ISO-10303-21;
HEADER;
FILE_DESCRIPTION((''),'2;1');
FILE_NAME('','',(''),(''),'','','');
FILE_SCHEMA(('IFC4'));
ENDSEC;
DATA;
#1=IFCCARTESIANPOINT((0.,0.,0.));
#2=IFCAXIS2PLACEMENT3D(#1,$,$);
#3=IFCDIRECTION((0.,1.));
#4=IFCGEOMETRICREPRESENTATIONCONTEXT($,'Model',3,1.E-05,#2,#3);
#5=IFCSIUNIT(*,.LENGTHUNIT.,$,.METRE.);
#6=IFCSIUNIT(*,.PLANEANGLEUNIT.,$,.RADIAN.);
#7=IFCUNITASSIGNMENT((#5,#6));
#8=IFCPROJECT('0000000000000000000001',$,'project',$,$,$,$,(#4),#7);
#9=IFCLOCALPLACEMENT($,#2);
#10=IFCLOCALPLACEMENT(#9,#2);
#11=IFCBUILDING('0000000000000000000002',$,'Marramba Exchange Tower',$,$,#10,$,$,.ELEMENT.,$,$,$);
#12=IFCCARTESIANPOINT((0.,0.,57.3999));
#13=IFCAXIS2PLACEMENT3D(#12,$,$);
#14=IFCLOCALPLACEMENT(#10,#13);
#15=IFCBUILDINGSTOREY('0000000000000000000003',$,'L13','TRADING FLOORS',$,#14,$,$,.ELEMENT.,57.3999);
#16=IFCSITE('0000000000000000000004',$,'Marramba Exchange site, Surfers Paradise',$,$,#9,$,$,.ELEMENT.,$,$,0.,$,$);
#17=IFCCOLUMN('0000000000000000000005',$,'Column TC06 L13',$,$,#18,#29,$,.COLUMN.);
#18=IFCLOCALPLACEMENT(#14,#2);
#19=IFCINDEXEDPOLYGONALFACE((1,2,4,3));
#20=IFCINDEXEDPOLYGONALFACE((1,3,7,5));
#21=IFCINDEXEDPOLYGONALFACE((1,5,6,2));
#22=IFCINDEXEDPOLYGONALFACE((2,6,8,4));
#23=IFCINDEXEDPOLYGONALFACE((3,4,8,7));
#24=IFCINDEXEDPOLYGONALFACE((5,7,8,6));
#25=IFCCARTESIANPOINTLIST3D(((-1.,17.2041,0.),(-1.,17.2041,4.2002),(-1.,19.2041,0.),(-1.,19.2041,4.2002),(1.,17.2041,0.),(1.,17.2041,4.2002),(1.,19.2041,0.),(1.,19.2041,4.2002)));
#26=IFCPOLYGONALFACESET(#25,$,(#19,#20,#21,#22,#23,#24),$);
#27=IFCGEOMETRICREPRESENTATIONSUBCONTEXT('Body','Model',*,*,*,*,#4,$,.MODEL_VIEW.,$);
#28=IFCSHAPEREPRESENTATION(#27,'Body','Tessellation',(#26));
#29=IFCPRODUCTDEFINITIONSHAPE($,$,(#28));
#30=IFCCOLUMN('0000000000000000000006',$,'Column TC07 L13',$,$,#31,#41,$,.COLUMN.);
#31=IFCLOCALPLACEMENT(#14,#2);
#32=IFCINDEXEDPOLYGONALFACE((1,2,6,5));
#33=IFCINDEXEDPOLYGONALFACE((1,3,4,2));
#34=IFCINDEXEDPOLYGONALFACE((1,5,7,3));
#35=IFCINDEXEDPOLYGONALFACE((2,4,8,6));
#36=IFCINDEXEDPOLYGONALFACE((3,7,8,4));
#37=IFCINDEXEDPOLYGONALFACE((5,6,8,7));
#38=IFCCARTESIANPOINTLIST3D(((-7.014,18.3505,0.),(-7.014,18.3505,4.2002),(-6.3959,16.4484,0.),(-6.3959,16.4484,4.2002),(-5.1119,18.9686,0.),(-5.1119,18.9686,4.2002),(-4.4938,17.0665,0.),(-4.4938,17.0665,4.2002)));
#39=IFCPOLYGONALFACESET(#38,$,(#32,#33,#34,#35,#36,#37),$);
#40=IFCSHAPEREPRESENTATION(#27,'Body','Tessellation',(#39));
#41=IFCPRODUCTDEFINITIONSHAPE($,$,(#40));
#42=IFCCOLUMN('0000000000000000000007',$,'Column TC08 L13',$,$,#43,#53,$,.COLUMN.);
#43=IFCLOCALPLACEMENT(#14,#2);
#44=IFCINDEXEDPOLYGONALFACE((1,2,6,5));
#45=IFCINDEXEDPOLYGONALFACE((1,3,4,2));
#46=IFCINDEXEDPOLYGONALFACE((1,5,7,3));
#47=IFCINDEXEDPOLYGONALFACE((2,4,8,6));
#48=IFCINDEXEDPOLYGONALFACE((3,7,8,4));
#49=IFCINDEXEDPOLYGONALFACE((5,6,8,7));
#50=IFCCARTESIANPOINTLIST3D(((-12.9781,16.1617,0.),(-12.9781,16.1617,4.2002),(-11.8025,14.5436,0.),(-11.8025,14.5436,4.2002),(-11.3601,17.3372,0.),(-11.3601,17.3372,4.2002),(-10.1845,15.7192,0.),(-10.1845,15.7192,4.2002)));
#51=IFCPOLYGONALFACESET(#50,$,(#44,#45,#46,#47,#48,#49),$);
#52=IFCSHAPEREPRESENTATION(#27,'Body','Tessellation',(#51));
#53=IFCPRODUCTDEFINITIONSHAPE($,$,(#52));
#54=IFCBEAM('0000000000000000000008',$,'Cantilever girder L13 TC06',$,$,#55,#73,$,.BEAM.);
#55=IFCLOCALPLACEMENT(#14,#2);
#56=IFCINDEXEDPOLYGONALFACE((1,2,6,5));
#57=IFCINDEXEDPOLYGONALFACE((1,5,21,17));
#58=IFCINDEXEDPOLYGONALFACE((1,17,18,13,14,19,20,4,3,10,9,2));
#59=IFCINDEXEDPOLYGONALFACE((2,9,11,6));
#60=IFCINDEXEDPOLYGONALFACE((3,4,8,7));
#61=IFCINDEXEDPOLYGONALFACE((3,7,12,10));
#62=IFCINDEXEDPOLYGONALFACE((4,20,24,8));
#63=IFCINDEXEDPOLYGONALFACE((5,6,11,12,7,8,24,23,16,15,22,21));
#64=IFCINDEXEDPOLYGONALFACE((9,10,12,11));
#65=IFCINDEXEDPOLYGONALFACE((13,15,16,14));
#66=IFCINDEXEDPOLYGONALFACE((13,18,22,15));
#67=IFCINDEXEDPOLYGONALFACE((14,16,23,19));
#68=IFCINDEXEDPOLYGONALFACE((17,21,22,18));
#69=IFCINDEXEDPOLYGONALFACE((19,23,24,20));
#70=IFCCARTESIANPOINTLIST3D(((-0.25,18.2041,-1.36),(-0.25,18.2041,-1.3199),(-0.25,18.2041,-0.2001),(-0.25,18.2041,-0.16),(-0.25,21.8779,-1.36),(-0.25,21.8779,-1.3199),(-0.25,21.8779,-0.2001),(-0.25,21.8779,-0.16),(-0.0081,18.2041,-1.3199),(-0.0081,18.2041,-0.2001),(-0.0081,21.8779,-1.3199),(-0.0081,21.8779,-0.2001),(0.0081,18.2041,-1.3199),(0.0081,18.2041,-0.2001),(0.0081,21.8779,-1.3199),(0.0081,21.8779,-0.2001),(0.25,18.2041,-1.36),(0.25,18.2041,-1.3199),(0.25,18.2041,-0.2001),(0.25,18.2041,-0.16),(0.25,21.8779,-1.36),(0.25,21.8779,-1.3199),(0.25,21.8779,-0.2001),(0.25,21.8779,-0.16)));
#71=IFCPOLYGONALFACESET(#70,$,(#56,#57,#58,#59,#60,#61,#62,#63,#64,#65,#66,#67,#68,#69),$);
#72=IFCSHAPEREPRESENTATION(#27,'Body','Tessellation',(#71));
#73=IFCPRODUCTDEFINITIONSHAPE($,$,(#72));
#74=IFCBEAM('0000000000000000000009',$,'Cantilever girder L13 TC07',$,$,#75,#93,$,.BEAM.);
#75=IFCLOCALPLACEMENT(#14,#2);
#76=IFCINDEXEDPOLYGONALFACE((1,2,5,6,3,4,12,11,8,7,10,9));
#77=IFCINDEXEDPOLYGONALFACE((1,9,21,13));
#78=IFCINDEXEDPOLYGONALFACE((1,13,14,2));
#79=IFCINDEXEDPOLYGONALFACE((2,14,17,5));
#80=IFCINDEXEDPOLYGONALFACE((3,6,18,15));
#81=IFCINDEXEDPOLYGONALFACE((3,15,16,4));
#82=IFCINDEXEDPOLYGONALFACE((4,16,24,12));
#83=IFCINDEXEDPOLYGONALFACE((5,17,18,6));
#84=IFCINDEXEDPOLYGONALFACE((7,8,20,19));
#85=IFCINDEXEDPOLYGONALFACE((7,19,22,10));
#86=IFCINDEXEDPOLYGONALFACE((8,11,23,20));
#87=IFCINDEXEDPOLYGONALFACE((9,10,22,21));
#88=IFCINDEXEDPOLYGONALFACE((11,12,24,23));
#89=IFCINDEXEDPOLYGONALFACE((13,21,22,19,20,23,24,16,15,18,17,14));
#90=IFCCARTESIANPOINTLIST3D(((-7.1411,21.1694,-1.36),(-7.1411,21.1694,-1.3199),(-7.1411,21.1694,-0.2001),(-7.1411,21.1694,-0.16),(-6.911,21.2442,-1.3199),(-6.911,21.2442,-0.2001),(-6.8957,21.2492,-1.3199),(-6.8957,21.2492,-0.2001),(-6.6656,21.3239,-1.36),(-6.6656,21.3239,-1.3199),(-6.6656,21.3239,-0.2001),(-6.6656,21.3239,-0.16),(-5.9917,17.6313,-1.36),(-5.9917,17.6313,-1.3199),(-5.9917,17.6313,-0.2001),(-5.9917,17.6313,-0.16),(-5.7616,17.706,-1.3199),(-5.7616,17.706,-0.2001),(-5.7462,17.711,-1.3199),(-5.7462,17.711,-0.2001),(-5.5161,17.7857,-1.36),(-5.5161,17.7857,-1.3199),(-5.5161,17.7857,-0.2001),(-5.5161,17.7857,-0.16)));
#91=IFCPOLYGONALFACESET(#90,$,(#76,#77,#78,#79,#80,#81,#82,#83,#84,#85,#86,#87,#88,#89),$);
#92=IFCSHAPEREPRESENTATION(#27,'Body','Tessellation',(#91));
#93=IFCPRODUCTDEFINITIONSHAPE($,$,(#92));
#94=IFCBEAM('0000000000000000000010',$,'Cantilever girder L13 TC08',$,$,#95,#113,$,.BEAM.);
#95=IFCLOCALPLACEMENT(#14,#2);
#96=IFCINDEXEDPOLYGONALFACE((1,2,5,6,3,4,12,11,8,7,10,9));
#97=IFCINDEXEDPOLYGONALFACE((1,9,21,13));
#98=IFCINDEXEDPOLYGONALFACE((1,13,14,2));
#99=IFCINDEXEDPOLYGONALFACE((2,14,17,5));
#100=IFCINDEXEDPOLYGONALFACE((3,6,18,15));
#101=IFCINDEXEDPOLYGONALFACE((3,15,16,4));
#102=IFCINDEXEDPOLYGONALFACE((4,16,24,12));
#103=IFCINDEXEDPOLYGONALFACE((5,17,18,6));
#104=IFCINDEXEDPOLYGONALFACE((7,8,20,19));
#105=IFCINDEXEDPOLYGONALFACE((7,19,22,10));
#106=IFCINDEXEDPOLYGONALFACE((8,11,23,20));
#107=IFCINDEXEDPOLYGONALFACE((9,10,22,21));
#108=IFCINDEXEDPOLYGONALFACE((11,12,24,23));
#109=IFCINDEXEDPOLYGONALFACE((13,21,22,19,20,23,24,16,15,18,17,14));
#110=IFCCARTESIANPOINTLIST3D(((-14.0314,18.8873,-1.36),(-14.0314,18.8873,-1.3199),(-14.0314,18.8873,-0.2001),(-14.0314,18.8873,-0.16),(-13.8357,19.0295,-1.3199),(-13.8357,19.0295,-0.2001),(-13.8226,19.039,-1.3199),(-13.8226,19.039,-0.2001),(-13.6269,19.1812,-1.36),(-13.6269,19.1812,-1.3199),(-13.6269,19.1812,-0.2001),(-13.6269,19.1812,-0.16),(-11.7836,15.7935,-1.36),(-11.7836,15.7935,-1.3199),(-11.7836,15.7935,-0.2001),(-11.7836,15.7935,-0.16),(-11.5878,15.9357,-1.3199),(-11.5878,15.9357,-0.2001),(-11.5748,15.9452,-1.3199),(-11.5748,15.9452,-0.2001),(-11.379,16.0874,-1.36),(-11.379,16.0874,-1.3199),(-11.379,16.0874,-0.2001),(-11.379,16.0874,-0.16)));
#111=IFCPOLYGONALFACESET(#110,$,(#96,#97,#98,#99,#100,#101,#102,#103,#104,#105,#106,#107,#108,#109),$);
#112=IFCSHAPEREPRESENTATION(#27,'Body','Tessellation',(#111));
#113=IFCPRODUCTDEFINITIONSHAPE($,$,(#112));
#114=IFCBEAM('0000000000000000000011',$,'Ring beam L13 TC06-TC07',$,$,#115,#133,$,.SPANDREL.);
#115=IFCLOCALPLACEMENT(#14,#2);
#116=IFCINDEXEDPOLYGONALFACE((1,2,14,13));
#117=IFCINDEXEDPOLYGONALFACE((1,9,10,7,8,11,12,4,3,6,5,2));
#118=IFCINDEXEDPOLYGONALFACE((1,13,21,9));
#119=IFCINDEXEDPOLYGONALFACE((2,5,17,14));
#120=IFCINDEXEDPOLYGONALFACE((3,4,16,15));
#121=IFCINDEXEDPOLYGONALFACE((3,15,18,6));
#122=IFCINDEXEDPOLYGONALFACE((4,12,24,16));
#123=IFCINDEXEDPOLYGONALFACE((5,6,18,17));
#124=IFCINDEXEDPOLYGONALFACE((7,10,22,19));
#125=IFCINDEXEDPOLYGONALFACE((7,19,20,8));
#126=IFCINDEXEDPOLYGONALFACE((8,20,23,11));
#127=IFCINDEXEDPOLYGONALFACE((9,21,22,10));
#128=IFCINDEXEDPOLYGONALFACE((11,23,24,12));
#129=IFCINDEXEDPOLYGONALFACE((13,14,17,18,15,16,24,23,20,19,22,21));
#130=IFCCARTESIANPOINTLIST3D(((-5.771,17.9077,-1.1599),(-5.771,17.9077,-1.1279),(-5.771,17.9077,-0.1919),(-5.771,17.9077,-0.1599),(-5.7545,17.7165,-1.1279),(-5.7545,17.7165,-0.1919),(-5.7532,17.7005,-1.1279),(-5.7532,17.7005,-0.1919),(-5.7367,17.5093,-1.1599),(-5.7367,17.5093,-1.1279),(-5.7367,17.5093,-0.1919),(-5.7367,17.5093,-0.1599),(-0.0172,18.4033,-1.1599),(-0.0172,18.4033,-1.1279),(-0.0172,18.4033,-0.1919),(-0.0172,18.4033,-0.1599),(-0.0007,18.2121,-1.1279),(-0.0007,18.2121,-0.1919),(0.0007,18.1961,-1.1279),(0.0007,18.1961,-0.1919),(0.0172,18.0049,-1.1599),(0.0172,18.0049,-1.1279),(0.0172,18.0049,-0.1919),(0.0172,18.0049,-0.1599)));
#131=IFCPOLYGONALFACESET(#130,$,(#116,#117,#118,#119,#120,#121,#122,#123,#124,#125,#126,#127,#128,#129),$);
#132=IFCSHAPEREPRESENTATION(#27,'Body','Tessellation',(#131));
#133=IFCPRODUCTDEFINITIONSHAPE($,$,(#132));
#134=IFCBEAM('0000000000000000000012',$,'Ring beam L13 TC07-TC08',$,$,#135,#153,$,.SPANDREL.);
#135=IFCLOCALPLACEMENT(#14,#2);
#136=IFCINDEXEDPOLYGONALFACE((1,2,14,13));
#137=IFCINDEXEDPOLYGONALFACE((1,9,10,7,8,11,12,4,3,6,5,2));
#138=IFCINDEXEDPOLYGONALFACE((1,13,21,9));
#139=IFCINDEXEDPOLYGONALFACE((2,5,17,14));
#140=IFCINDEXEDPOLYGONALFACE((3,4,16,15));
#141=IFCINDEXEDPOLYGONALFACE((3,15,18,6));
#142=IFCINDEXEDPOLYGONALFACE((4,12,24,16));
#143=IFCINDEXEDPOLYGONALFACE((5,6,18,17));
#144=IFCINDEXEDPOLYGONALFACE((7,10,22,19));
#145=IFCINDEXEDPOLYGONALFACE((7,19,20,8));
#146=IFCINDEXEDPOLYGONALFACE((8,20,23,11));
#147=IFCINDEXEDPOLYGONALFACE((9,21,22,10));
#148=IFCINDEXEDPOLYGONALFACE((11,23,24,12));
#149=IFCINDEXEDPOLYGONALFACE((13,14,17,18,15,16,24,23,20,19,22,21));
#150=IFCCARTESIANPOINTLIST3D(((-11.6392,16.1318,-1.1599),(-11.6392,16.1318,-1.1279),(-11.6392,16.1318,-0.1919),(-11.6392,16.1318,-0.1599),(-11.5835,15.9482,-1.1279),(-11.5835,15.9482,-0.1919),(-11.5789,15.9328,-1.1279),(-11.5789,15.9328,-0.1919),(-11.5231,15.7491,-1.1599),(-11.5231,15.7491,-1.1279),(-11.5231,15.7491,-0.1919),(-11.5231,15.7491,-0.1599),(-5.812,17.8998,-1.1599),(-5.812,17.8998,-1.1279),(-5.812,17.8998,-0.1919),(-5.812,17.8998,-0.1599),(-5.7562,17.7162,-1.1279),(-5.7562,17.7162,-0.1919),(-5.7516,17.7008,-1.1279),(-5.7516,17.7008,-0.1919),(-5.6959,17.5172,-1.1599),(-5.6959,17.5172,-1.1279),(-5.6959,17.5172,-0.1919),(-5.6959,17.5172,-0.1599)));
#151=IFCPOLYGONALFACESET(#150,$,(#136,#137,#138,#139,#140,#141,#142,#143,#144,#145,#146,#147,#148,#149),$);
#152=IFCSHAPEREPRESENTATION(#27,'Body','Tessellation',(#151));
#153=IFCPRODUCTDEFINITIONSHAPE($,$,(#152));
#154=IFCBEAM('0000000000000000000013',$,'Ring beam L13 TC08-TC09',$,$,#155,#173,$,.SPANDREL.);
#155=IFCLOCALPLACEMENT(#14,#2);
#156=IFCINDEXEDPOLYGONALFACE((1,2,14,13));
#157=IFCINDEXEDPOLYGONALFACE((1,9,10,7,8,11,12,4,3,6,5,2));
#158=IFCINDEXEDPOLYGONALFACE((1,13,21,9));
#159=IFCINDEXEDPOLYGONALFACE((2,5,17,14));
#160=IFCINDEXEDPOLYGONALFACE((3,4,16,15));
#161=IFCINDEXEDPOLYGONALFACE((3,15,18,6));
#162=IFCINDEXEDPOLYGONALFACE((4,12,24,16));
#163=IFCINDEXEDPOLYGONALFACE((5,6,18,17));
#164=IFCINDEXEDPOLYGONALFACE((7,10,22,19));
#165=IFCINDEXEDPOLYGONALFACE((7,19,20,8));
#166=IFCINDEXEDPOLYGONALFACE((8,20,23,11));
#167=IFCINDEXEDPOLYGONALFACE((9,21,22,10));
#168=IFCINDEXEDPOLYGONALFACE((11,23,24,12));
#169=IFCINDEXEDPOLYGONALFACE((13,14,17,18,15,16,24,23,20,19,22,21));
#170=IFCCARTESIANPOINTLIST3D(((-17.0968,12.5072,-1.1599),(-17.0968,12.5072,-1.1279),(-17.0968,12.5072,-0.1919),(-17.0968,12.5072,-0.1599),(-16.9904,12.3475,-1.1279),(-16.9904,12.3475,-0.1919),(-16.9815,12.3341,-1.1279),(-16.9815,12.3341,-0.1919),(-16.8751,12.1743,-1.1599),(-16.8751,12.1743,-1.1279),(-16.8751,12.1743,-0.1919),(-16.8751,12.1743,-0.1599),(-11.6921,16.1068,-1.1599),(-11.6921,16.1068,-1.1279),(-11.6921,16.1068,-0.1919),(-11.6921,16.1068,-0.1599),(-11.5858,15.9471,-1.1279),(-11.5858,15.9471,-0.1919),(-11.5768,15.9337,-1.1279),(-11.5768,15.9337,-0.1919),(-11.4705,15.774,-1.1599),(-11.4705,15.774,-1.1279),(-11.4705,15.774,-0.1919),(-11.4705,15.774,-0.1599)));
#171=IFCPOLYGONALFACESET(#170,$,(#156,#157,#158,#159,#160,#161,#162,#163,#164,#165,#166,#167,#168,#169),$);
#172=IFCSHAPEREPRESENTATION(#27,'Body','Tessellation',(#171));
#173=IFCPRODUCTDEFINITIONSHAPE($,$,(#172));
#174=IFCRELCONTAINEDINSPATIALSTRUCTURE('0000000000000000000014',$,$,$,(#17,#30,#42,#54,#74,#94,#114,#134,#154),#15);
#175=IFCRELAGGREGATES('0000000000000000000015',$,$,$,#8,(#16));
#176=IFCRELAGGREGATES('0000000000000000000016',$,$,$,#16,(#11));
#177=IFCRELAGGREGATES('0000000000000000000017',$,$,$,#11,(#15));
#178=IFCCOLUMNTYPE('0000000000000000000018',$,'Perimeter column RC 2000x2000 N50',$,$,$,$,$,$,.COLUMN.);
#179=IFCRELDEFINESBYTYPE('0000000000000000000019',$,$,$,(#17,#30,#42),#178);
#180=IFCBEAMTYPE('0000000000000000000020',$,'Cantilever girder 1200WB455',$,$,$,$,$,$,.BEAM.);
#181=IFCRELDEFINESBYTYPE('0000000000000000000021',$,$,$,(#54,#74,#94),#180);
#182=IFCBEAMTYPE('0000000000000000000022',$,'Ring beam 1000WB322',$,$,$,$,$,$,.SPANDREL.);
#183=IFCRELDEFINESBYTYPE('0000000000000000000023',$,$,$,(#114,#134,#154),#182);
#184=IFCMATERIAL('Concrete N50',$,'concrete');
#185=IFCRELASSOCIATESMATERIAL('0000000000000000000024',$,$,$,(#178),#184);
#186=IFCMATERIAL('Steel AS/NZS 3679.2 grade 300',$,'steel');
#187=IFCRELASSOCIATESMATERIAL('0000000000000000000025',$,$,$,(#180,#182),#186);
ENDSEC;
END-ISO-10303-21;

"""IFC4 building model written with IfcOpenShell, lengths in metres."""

from ifc_helpers import new_model, si_unit, direction, frame, origin, origin_2d, place, context, subcontext, project, spatial, rectangle, i_section, extrude, material, material_profile, profile_set, type_object, element, save


model = new_model("IFC4")

# Units and contexts
model_context = context("Model", 3, precision=1e-05, world=origin(), true_north=direction((0.0, 1.0)))
body_context = subcontext(model_context, "Body", "Model", "MODEL_VIEW")
ifc_project = project(units=[si_unit("LENGTHUNIT", "METRE"), si_unit("PLANEANGLEUNIT", "RADIAN")], contexts=[model_context])

# Site, building, storey
site_placement = place(None, origin())
site = spatial("IfcSite", under=ifc_project, at=site_placement, Name="Marramba Exchange site, Surfers Paradise", CompositionType="ELEMENT", RefElevation=0.0)
building_placement = place(site_placement, origin())
building = spatial("IfcBuilding", under=site, at=building_placement, Name="Marramba Exchange Tower", CompositionType="ELEMENT")
storey_placement = place(building_placement, frame((0.0, 0.0, 57.3999)))
storey = spatial("IfcBuildingStorey", under=building, at=storey_placement, Name="L13", Description="TRADING FLOORS", CompositionType="ELEMENT", Elevation=57.3999)

# Columns
ifc_material_1 = material(Name="Concrete N50", Category="concrete")
ifc_material_profile_1 = material_profile(ifc_material_1, rectangle(XDim=2.0, YDim=2.0, at=origin_2d()), Name="RC 2000x2000")
ifc_profile_set_1 = profile_set([ifc_material_profile_1], Name="Concrete N50")
column_type = type_object("IfcColumnType", Name="Perimeter column RC 2000x2000 N50", PredefinedType="COLUMN", material=ifc_profile_set_1)
for number, where, z_axis, x_axis, name in (
    (1, (0.0, 18.2041, 0.0), (0.0, 0.0, 1.0), (0.0, 1.0, 0.0), "Column TC06 L13"),
    (2, (-5.7539, 17.7085, 0.0), (0.0, 0.0, 1.0), (-0.309017, 0.951057, 0.0), "Column TC07 L13"),
    (3, (-11.5813, 15.9404, 0.0), (0.0, 0.0, 1.0), (-0.587785, 0.809017, 0.0), "Column TC08 L13"),
):
    element("IfcColumn", number, at=place(storey_placement, frame(where, z_axis=z_axis, x_axis=x_axis)), inside=storey, type_object=column_type, Name=name, PredefinedType="COLUMN", context=body_context, shape_type="SweptSolid", body=[
        extrude(rectangle(XDim=2.0, YDim=2.0, at=origin_2d()), origin(), (0.0, 0.0, 1.0), 4.2002),
    ])

# Beams
ifc_material_2 = material(Name="Steel AS/NZS 3679.2 grade 300", Category="steel")
ifc_material_profile_2 = material_profile(ifc_material_2, i_section(OverallWidth=0.5, OverallDepth=1.2, WebThickness=0.0161, FlangeThickness=0.04, at=origin_2d()), Name="1200WB455")
ifc_profile_set_2 = profile_set([ifc_material_profile_2], Name="Steel AS/NZS 3679.2 grade 300")
beam_type_1 = type_object("IfcBeamType", Name="Cantilever girder 1200WB455", PredefinedType="BEAM", material=ifc_profile_set_2)
beam_1_placement = place(storey_placement, frame((0.0, 18.2041, -0.76), z_axis=(0.0, 1.0, 0.0), x_axis=(-1.0, 0.0, 0.0)))
element("IfcBeam", 4, at=beam_1_placement, inside=storey, type_object=beam_type_1, Name="Cantilever girder L13 TC06", PredefinedType="BEAM", context=body_context, shape_type="SweptSolid", body=[
    extrude(i_section(OverallWidth=0.5, OverallDepth=1.2, WebThickness=0.0161, FlangeThickness=0.04, at=origin_2d()), origin(), (0.0, 0.0, 1.0), 3.6738),
])
beam_2_placement = place(storey_placement, frame((-5.7539, 17.7085, -0.76), z_axis=(-0.308973, 0.951071, 0.0), x_axis=(-0.951071, -0.308973, 0.0)))
element("IfcBeam", 5, at=beam_2_placement, inside=storey, type_object=beam_type_1, Name="Cantilever girder L13 TC07", PredefinedType="BEAM", context=body_context, shape_type="SweptSolid", body=[
    extrude(i_section(OverallWidth=0.5, OverallDepth=1.2, WebThickness=0.0161, FlangeThickness=0.04, at=origin_2d()), origin(), (0.0, 0.0, 1.0), 3.7202),
])
beam_3_placement = place(storey_placement, frame((-11.5813, 15.9404, -0.76), z_axis=(-0.587796, 0.809009, 0.0), x_axis=(-0.809009, -0.587796, 0.0)))
element("IfcBeam", 6, at=beam_3_placement, inside=storey, type_object=beam_type_1, Name="Cantilever girder L13 TC08", PredefinedType="BEAM", context=body_context, shape_type="SweptSolid", body=[
    extrude(i_section(OverallWidth=0.5, OverallDepth=1.2, WebThickness=0.0161, FlangeThickness=0.04, at=origin_2d()), origin(), (0.0, 0.0, 1.0), 3.8242),
])
ifc_material_profile_3 = material_profile(ifc_material_2, i_section(OverallWidth=0.3999, OverallDepth=1.0, WebThickness=0.0161, FlangeThickness=0.032, at=origin_2d()), Name="1000WB322")
ifc_profile_set_3 = profile_set([ifc_material_profile_3], Name="Steel AS/NZS 3679.2 grade 300")
beam_type_2 = type_object("IfcBeamType", Name="Ring beam 1000WB322", PredefinedType="SPANDREL", material=ifc_profile_set_3)
beam_4_placement = place(storey_placement, frame((0.0, 18.2041, -0.6599), z_axis=(-0.996311, -0.085816, 0.0), x_axis=(0.085816, -0.996311, 0.0)))
element("IfcBeam", 7, at=beam_4_placement, inside=storey, type_object=beam_type_2, Name="Ring beam L13 TC06-TC07", PredefinedType="SPANDREL", context=body_context, shape_type="SweptSolid", body=[
    extrude(i_section(OverallWidth=0.3999, OverallDepth=1.0, WebThickness=0.0161, FlangeThickness=0.032, at=origin_2d()), origin(), (0.0, 0.0, 1.0), 5.7751),
])
beam_5_placement = place(storey_placement, frame((-5.7539, 17.7085, -0.6599), z_axis=(-0.956925, -0.290337, 0.0), x_axis=(0.290337, -0.956925, 0.0)))
element("IfcBeam", 8, at=beam_5_placement, inside=storey, type_object=beam_type_2, Name="Ring beam L13 TC07-TC08", PredefinedType="SPANDREL", context=body_context, shape_type="SweptSolid", body=[
    extrude(i_section(OverallWidth=0.3999, OverallDepth=1.0, WebThickness=0.0161, FlangeThickness=0.032, at=origin_2d()), origin(), (0.0, 0.0, 1.0), 6.0896),
])
beam_6_placement = place(storey_placement, frame((-11.5813, 15.9404, -0.6599), z_axis=(-0.832293, -0.554336, 0.0), x_axis=(0.554336, -0.832293, 0.0)))
element("IfcBeam", 9, at=beam_6_placement, inside=storey, type_object=beam_type_2, Name="Ring beam L13 TC08-TC09", PredefinedType="SPANDREL", context=body_context, shape_type="SweptSolid", body=[
    extrude(i_section(OverallWidth=0.3999, OverallDepth=1.0, WebThickness=0.0161, FlangeThickness=0.032, at=origin_2d()), origin(), (0.0, 0.0, 1.0), 6.4937),
])

save(model, "model.ifc")
